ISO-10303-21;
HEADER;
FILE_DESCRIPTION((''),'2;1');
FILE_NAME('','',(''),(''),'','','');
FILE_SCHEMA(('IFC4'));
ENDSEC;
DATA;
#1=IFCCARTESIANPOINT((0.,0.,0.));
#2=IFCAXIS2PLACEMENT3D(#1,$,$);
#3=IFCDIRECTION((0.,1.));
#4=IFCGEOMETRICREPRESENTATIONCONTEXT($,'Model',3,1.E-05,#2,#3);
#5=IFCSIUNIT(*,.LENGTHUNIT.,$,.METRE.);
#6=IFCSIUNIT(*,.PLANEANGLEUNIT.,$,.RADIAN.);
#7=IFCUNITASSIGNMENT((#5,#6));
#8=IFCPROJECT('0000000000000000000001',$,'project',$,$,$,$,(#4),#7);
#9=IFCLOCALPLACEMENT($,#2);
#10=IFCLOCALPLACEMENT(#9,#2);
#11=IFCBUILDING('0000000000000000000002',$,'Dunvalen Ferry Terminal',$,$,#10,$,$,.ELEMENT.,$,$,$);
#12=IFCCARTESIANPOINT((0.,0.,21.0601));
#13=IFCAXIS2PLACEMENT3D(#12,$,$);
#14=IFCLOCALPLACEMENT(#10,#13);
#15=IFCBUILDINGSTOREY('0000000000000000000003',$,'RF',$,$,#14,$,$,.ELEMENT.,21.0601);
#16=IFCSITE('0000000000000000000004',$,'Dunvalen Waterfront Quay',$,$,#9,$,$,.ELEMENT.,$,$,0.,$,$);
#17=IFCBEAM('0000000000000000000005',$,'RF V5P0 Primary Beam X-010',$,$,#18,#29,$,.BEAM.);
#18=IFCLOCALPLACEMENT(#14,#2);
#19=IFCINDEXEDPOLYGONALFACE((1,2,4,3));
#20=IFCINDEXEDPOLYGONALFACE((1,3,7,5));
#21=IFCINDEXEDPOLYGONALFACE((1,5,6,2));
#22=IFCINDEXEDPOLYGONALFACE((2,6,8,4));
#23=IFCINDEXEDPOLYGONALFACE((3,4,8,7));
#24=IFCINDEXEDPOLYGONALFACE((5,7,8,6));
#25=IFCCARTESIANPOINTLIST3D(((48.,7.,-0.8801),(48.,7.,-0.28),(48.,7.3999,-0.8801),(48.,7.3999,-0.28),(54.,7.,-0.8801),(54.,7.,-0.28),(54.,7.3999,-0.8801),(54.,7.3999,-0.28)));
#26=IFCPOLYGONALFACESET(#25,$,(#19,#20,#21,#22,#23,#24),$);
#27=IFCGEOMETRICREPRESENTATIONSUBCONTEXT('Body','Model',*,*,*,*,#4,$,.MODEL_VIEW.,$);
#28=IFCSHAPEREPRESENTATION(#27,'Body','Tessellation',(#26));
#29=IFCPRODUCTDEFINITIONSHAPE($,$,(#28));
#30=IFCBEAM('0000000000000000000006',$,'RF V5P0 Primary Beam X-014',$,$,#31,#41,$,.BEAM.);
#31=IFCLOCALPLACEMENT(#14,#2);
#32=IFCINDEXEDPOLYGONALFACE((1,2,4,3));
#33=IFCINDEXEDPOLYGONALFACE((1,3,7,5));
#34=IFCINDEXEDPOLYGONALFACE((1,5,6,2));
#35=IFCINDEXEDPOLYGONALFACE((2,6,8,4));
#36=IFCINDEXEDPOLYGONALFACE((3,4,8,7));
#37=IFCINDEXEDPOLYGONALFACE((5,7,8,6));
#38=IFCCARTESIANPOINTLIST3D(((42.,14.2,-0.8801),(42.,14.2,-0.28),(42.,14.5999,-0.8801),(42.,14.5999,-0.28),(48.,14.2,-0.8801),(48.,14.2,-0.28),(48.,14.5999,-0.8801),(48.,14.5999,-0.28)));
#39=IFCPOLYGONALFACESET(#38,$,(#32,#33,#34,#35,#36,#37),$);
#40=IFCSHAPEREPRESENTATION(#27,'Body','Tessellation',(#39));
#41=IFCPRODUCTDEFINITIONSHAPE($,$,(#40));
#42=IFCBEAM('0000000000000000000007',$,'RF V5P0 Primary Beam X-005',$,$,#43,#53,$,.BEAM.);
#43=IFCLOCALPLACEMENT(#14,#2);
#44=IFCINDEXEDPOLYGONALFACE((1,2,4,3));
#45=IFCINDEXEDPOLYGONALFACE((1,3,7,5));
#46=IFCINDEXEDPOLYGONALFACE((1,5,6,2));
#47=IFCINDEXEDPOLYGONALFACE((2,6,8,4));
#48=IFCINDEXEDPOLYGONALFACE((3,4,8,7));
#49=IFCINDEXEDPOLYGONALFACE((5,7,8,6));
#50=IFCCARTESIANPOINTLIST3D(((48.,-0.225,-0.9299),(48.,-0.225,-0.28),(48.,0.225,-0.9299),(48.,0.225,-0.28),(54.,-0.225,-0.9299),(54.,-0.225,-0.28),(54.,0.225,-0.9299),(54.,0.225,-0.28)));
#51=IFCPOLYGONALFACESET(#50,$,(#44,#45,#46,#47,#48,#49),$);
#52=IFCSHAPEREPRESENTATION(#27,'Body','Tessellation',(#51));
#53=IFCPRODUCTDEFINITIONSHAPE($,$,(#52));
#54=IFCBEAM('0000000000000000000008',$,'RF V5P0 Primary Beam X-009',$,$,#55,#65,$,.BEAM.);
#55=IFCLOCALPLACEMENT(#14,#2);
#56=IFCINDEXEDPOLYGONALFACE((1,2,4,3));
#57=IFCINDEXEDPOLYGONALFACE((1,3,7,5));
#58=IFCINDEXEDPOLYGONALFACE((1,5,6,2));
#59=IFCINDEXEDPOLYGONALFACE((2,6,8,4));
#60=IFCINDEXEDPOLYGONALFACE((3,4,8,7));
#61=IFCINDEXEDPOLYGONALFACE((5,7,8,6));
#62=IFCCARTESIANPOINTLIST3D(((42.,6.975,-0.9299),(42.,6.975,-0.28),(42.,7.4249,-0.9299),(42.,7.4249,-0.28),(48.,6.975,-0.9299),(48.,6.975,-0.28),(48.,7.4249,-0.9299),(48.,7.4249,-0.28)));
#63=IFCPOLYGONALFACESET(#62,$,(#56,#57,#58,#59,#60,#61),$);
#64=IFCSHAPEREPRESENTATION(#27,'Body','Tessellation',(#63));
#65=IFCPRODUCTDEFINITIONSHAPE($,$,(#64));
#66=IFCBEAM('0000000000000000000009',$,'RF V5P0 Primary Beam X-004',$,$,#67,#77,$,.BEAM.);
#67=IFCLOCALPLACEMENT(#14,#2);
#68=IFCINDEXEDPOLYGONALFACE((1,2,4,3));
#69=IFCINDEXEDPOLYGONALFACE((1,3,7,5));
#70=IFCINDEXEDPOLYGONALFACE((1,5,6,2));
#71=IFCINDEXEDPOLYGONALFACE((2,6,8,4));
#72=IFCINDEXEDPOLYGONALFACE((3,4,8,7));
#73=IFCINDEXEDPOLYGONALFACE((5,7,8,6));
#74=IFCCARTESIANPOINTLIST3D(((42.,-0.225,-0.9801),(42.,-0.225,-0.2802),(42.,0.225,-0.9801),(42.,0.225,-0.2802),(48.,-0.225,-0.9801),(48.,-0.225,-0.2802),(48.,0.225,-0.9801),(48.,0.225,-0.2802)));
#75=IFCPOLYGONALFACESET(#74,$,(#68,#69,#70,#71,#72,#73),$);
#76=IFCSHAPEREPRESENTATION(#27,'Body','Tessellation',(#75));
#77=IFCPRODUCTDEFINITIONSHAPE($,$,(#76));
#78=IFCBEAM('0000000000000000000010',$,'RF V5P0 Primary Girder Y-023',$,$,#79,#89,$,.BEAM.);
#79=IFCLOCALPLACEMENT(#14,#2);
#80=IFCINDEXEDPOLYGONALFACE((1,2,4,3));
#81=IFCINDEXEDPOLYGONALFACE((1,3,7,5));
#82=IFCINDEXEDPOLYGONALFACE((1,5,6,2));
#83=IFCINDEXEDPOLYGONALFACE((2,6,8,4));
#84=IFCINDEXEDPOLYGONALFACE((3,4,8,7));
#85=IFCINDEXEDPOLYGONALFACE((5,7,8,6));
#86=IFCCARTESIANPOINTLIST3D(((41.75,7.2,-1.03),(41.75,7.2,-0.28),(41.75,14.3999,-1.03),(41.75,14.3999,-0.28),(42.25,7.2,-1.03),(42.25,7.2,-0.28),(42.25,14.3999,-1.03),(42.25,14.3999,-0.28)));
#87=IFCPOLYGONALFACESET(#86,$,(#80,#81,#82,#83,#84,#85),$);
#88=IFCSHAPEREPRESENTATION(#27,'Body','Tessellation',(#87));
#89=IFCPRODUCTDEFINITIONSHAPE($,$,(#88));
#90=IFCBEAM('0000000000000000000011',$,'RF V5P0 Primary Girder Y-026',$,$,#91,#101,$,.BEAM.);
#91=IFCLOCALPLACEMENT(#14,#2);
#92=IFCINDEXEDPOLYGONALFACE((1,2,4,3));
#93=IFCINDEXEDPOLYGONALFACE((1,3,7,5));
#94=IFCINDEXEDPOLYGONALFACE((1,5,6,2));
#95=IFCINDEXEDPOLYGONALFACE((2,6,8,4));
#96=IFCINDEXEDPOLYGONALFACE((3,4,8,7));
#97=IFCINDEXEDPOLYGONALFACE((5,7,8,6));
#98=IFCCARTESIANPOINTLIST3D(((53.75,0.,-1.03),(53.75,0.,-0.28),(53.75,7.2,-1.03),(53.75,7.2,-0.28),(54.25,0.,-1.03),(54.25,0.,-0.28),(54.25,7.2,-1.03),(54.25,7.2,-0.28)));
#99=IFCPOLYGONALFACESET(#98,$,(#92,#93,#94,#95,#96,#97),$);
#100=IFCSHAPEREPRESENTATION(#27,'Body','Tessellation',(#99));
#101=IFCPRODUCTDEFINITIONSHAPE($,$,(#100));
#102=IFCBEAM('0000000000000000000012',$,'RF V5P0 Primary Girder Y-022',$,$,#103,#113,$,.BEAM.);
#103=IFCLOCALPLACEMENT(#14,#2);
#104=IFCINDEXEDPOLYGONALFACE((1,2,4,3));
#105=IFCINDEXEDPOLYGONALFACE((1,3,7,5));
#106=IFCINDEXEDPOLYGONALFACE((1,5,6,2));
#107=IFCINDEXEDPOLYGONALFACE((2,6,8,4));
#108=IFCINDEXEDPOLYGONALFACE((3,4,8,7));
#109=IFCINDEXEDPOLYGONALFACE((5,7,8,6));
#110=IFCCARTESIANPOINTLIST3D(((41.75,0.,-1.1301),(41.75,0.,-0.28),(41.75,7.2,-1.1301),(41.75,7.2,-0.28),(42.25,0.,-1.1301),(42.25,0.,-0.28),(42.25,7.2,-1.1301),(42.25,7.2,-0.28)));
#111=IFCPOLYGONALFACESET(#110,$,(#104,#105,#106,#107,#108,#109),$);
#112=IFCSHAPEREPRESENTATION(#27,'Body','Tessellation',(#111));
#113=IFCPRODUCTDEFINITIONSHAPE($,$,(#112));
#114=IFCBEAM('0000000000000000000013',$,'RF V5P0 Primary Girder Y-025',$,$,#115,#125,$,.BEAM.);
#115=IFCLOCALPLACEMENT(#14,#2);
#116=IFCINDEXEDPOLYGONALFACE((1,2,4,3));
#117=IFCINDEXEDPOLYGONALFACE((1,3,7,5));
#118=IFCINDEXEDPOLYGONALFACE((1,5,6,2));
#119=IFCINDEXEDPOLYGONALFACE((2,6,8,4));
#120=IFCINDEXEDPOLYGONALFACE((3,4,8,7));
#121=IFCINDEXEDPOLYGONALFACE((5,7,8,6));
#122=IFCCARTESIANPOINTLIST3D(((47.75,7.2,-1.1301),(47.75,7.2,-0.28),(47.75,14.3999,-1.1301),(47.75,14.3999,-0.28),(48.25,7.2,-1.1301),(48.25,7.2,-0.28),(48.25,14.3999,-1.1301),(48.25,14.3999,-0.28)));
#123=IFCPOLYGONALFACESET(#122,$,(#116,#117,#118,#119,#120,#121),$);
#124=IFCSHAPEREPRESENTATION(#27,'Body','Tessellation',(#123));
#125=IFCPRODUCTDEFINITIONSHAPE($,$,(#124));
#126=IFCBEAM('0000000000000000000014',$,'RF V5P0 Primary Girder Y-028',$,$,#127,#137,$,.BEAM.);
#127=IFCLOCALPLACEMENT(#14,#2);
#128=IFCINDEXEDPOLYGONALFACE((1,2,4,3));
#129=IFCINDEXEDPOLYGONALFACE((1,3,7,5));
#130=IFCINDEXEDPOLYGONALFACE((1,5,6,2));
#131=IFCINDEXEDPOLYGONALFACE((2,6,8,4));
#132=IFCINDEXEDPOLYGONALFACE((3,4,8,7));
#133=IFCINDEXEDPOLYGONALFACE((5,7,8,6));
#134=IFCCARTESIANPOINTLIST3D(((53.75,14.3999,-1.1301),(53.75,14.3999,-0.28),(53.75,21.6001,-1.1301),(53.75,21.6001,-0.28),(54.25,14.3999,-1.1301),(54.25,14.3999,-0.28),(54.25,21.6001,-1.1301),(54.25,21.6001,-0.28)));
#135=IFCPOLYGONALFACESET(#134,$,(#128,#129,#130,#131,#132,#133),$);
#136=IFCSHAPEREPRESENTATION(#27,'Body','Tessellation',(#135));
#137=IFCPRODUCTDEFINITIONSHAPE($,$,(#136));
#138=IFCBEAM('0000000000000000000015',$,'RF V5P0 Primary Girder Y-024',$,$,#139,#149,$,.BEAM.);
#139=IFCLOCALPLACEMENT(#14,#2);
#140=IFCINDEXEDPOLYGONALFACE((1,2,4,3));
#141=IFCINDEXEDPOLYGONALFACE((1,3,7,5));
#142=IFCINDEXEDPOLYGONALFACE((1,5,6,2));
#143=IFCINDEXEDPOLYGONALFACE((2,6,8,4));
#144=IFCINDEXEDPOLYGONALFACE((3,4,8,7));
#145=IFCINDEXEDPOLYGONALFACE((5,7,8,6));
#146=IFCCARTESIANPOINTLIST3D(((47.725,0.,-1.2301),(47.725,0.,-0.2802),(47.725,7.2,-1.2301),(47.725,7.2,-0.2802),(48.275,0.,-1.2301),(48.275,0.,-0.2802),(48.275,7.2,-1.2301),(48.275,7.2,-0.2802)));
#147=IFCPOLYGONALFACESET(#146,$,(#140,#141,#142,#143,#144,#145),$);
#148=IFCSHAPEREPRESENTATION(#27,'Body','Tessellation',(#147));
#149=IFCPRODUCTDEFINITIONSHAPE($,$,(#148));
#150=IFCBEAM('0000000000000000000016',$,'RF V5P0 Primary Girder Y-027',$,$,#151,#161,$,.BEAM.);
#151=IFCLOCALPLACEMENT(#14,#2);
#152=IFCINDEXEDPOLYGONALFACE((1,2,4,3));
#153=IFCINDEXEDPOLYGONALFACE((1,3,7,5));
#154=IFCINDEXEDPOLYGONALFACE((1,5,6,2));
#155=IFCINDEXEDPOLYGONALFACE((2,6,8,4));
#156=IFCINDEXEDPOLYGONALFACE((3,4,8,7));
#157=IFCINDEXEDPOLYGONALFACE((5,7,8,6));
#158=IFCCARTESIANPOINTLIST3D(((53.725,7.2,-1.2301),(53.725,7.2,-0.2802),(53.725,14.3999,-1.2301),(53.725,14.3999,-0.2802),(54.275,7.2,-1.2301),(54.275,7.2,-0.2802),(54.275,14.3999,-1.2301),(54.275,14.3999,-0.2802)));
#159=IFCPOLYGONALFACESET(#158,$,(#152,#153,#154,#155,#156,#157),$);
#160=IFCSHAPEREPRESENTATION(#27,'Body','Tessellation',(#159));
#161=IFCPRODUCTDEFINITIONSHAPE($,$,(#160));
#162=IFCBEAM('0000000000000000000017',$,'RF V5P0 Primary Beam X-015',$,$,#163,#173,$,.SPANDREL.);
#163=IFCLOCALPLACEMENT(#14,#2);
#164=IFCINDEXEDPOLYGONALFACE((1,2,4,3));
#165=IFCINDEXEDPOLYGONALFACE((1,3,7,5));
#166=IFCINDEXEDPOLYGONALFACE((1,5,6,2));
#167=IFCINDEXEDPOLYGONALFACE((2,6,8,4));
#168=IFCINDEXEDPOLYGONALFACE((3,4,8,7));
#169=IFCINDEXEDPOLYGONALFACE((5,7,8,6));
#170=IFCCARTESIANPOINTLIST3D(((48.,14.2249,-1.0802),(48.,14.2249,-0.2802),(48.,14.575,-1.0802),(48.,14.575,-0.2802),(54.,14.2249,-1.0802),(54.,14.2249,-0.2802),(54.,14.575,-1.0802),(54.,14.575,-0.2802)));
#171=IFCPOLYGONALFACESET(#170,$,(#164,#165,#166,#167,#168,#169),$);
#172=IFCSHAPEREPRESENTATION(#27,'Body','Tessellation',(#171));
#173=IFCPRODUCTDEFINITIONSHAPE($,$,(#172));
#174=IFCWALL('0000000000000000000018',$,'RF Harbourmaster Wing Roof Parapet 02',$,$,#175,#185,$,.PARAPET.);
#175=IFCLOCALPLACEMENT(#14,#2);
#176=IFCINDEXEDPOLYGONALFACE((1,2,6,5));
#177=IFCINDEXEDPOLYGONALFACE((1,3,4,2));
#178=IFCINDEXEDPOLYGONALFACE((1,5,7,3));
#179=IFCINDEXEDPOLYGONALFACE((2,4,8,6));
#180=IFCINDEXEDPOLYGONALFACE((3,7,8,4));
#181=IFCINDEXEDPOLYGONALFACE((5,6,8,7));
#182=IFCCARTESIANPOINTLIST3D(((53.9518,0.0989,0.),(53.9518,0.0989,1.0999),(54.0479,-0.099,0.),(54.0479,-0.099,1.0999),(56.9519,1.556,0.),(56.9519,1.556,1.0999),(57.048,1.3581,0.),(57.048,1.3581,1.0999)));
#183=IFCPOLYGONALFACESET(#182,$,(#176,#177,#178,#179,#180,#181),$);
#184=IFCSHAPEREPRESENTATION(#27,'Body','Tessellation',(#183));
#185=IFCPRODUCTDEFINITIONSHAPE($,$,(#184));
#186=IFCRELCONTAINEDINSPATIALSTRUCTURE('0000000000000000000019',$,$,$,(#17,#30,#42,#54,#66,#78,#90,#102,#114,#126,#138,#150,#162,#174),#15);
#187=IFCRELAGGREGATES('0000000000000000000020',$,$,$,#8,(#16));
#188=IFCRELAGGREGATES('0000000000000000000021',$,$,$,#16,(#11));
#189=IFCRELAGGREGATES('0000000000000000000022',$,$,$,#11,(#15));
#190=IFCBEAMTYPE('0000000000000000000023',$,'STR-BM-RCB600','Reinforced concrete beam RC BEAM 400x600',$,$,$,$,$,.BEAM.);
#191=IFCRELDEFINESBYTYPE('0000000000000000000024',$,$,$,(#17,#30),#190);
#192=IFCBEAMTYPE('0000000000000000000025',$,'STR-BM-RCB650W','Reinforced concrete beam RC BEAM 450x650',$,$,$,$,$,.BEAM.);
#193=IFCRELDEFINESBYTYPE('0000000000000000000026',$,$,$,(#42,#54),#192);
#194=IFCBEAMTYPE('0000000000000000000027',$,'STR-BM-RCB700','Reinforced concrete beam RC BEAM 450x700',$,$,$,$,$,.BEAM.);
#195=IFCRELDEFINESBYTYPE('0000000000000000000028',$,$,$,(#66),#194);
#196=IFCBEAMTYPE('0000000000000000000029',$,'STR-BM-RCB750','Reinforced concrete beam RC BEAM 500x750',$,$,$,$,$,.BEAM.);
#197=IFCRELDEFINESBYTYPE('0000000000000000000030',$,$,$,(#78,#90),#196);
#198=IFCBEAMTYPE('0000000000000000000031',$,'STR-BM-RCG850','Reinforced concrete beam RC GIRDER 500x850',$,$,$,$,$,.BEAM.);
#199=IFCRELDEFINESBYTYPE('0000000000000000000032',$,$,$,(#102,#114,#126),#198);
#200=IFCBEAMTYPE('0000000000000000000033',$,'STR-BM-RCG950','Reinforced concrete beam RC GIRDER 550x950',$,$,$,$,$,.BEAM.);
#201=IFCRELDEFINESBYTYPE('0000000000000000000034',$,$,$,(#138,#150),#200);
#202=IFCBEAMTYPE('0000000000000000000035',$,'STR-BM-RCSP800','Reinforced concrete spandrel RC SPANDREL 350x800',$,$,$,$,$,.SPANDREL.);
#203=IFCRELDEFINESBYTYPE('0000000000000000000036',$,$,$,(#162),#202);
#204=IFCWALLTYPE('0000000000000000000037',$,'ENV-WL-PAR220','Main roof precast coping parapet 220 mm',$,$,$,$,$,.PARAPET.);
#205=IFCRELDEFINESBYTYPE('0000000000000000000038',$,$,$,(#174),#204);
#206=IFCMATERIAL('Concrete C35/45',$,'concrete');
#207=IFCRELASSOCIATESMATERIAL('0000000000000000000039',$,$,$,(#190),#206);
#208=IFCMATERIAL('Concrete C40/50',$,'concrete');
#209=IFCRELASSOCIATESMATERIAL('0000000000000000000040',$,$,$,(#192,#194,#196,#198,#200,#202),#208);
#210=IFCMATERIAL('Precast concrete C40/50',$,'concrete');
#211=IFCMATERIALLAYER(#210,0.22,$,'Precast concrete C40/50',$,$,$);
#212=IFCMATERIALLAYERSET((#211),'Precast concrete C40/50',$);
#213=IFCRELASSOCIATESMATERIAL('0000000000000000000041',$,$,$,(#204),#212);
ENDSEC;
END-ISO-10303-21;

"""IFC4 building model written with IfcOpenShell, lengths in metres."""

from ifc_helpers import new_model, si_unit, direction, frame, frame_2d, origin, origin_2d, place, context, subcontext, project, spatial, rectangle, extrude, material, layer, layer_set, material_profile, profile_set, type_object, element, save


model = new_model("IFC4")

# Units and contexts
model_context = context("Model", 3, precision=1e-05, world=origin(), true_north=direction((0.0, 1.0)))
body_context = subcontext(model_context, "Body", "Model", "MODEL_VIEW")
ifc_project = project(units=[si_unit("LENGTHUNIT", "METRE"), si_unit("PLANEANGLEUNIT", "RADIAN")], contexts=[model_context])

# Site, building, storey
site_placement = place(None, origin())
site = spatial("IfcSite", under=ifc_project, at=site_placement, Name="Dunvalen Waterfront Quay", CompositionType="ELEMENT", RefElevation=0.0)
building_placement = place(site_placement, origin())
building = spatial("IfcBuilding", under=site, at=building_placement, Name="Dunvalen Ferry Terminal", CompositionType="ELEMENT")
storey_placement = place(building_placement, frame((0.0, 0.0, 21.0601)))
storey = spatial("IfcBuildingStorey", under=building, at=storey_placement, Name="RF", CompositionType="ELEMENT", Elevation=21.0601)

# Beams
ifc_material_1 = material(Name="Concrete C35/45", Category="concrete")
ifc_material_profile_1 = material_profile(ifc_material_1, rectangle(XDim=0.3999, YDim=0.6001, at=origin_2d()), Name="Concrete C35/45")
ifc_profile_set_1 = profile_set([ifc_material_profile_1], Name="Concrete C35/45")
beam_type_1 = type_object("IfcBeamType", Name="STR-BM-RCB600", Description="Reinforced concrete beam RC BEAM 400x600", PredefinedType="BEAM", material=ifc_profile_set_1)
for number, where, z_axis, x_axis, name in (
    (1, (48.0, 7.2, -0.5801), (1.0, 0.0, 0.0), (0.0, 1.0, 0.0), "RF V5P0 Primary Beam X-010"),
    (2, (42.0, 14.3999, -0.5801), (1.0, 0.0, 0.0), (0.0, 1.0, 0.0), "RF V5P0 Primary Beam X-014"),
):
    element("IfcBeam", number, at=place(storey_placement, frame(where, z_axis=z_axis, x_axis=x_axis)), inside=storey, type_object=beam_type_1, Name=name, PredefinedType="BEAM", context=body_context, shape_type="SweptSolid", body=[
        extrude(rectangle(XDim=0.3999, YDim=0.6001, at=origin_2d()), origin(), (0.0, 0.0, 1.0), 6.0),
    ])
ifc_material_2 = material(Name="Concrete C40/50", Category="concrete")
ifc_material_profile_2 = material_profile(ifc_material_2, rectangle(XDim=0.45, YDim=0.6499, at=origin_2d()), Name="Concrete C40/50")
ifc_profile_set_2 = profile_set([ifc_material_profile_2], Name="Concrete C40/50")
beam_type_2 = type_object("IfcBeamType", Name="STR-BM-RCB650W", Description="Reinforced concrete beam RC BEAM 450x650", PredefinedType="BEAM", material=ifc_profile_set_2)
for number, where, z_axis, x_axis, name in (
    (3, (48.0, 0.0, -0.605), (1.0, 0.0, 0.0), (0.0, 1.0, 0.0), "RF V5P0 Primary Beam X-005"),
    (4, (42.0, 7.2, -0.605), (1.0, 0.0, 0.0), (0.0, 1.0, 0.0), "RF V5P0 Primary Beam X-009"),
):
    element("IfcBeam", number, at=place(storey_placement, frame(where, z_axis=z_axis, x_axis=x_axis)), inside=storey, type_object=beam_type_2, Name=name, PredefinedType="BEAM", context=body_context, shape_type="SweptSolid", body=[
        extrude(rectangle(XDim=0.45, YDim=0.6499, at=origin_2d()), origin(), (0.0, 0.0, 1.0), 6.0),
    ])
ifc_material_profile_3 = material_profile(ifc_material_2, rectangle(XDim=0.45, YDim=0.7, at=origin_2d()), Name="Concrete C40/50")
ifc_profile_set_3 = profile_set([ifc_material_profile_3], Name="Concrete C40/50")
beam_type_3 = type_object("IfcBeamType", Name="STR-BM-RCB700", Description="Reinforced concrete beam RC BEAM 450x700", PredefinedType="BEAM", material=ifc_profile_set_3)
beam_1_placement = place(storey_placement, frame((42.0, 0.0, -0.6301), z_axis=(1.0, 0.0, 0.0), x_axis=(0.0, 1.0, 0.0)))
element("IfcBeam", 5, at=beam_1_placement, inside=storey, type_object=beam_type_3, Name="RF V5P0 Primary Beam X-004", PredefinedType="BEAM", context=body_context, shape_type="SweptSolid", body=[
    extrude(rectangle(XDim=0.45, YDim=0.7, at=origin_2d()), origin(), (0.0, 0.0, 1.0), 6.0),
])
ifc_material_profile_4 = material_profile(ifc_material_2, rectangle(XDim=0.5, YDim=0.75, at=origin_2d()), Name="Concrete C40/50")
ifc_profile_set_4 = profile_set([ifc_material_profile_4], Name="Concrete C40/50")
beam_type_4 = type_object("IfcBeamType", Name="STR-BM-RCB750", Description="Reinforced concrete beam RC BEAM 500x750", PredefinedType="BEAM", material=ifc_profile_set_4)
for number, where, z_axis, x_axis, name in (
    (6, (42.0, 7.2, -0.655), (0.0, 1.0, 0.0), (-1.0, 0.0, 0.0), "RF V5P0 Primary Girder Y-023"),
    (7, (54.0, 0.0, -0.655), (0.0, 1.0, 0.0), (-1.0, 0.0, 0.0), "RF V5P0 Primary Girder Y-026"),
):
    element("IfcBeam", number, at=place(storey_placement, frame(where, z_axis=z_axis, x_axis=x_axis)), inside=storey, type_object=beam_type_4, Name=name, PredefinedType="BEAM", context=body_context, shape_type="SweptSolid", body=[
        extrude(rectangle(XDim=0.5, YDim=0.75, at=origin_2d()), origin(), (0.0, 0.0, 1.0), 7.2),
    ])
ifc_material_profile_5 = material_profile(ifc_material_2, rectangle(XDim=0.5, YDim=0.8501, at=origin_2d()), Name="Concrete C40/50")
ifc_profile_set_5 = profile_set([ifc_material_profile_5], Name="Concrete C40/50")
beam_type_5 = type_object("IfcBeamType", Name="STR-BM-RCG850", Description="Reinforced concrete beam RC GIRDER 500x850", PredefinedType="BEAM", material=ifc_profile_set_5)
for number, where, z_axis, x_axis, name in (
    (8, (42.0, 0.0, -0.7051), (0.0, 1.0, 0.0), (-1.0, 0.0, 0.0), "RF V5P0 Primary Girder Y-022"),
    (9, (48.0, 7.2, -0.7051), (0.0, 1.0, 0.0), (-1.0, 0.0, 0.0), "RF V5P0 Primary Girder Y-025"),
):
    element("IfcBeam", number, at=place(storey_placement, frame(where, z_axis=z_axis, x_axis=x_axis)), inside=storey, type_object=beam_type_5, Name=name, PredefinedType="BEAM", context=body_context, shape_type="SweptSolid", body=[
        extrude(rectangle(XDim=0.5, YDim=0.8501, at=origin_2d()), origin(), (0.0, 0.0, 1.0), 7.2),
    ])
beam_2_placement = place(storey_placement, frame((54.0, 14.3999, -0.7051), z_axis=(0.0, 1.0, 0.0), x_axis=(-1.0, 0.0, 0.0)))
element("IfcBeam", 10, at=beam_2_placement, inside=storey, type_object=beam_type_5, Name="RF V5P0 Primary Girder Y-028", PredefinedType="BEAM", context=body_context, shape_type="SweptSolid", body=[
    extrude(rectangle(XDim=0.5, YDim=0.8501, at=origin_2d()), origin(), (0.0, 0.0, 1.0), 7.2002),
])
ifc_material_profile_6 = material_profile(ifc_material_2, rectangle(XDim=0.55, YDim=0.95, at=origin_2d()), Name="Concrete C40/50")
ifc_profile_set_6 = profile_set([ifc_material_profile_6], Name="Concrete C40/50")
beam_type_6 = type_object("IfcBeamType", Name="STR-BM-RCG950", Description="Reinforced concrete beam RC GIRDER 550x950", PredefinedType="BEAM", material=ifc_profile_set_6)
for number, where, z_axis, x_axis, name in (
    (11, (48.0, 0.0, -0.7551), (0.0, 1.0, 0.0), (-1.0, 0.0, 0.0), "RF V5P0 Primary Girder Y-024"),
    (12, (54.0, 7.2, -0.7551), (0.0, 1.0, 0.0), (-1.0, 0.0, 0.0), "RF V5P0 Primary Girder Y-027"),
):
    element("IfcBeam", number, at=place(storey_placement, frame(where, z_axis=z_axis, x_axis=x_axis)), inside=storey, type_object=beam_type_6, Name=name, PredefinedType="BEAM", context=body_context, shape_type="SweptSolid", body=[
        extrude(rectangle(XDim=0.55, YDim=0.95, at=origin_2d()), origin(), (0.0, 0.0, 1.0), 7.2),
    ])
ifc_material_profile_7 = material_profile(ifc_material_2, rectangle(XDim=0.3501, YDim=0.8, at=origin_2d()), Name="Concrete C40/50")
ifc_profile_set_7 = profile_set([ifc_material_profile_7], Name="Concrete C40/50")
beam_type_7 = type_object("IfcBeamType", Name="STR-BM-RCSP800", Description="Reinforced concrete spandrel RC SPANDREL 350x800", PredefinedType="SPANDREL", material=ifc_profile_set_7)
beam_3_placement = place(storey_placement, frame((48.0, 14.3999, -0.6802), z_axis=(1.0, 0.0, 0.0), x_axis=(0.0, 1.0, 0.0)))
element("IfcBeam", 13, at=beam_3_placement, inside=storey, type_object=beam_type_7, Name="RF V5P0 Primary Beam X-015", PredefinedType="SPANDREL", context=body_context, shape_type="SweptSolid", body=[
    extrude(rectangle(XDim=0.3501, YDim=0.8, at=origin_2d()), origin(), (0.0, 0.0, 1.0), 6.0),
])

# Wall
ifc_material_3 = material(Name="Precast concrete C40/50", Category="concrete")
ifc_layer_1 = layer(ifc_material_3, 0.22, Name="Precast concrete C40/50")
ifc_layer_set_1 = layer_set([ifc_layer_1], Name="Precast concrete C40/50")
wall_type_1 = type_object("IfcWallType", Name="ENV-WL-PAR220", Description="Main roof precast coping parapet 220 mm", PredefinedType="PARAPET", material=ifc_layer_set_1)
wall_1_placement = place(storey_placement, frame((54.0, 0.0, 0.0), z_axis=(0.0, 0.0, 1.0), x_axis=(0.899521, 0.436877, 0.0)))
element("IfcWall", 14, at=wall_1_placement, inside=storey, type_object=wall_type_1, Name="RF Harbourmaster Wing Roof Parapet 02", PredefinedType="PARAPET", context=body_context, shape_type="SweptSolid", body=[
    extrude(rectangle(XDim=3.3352, YDim=0.22, at=frame_2d((1.6675, 0.0))), origin(), (0.0, 0.0, 1.0), 1.0999),
])

save(model, "model.ifc")
